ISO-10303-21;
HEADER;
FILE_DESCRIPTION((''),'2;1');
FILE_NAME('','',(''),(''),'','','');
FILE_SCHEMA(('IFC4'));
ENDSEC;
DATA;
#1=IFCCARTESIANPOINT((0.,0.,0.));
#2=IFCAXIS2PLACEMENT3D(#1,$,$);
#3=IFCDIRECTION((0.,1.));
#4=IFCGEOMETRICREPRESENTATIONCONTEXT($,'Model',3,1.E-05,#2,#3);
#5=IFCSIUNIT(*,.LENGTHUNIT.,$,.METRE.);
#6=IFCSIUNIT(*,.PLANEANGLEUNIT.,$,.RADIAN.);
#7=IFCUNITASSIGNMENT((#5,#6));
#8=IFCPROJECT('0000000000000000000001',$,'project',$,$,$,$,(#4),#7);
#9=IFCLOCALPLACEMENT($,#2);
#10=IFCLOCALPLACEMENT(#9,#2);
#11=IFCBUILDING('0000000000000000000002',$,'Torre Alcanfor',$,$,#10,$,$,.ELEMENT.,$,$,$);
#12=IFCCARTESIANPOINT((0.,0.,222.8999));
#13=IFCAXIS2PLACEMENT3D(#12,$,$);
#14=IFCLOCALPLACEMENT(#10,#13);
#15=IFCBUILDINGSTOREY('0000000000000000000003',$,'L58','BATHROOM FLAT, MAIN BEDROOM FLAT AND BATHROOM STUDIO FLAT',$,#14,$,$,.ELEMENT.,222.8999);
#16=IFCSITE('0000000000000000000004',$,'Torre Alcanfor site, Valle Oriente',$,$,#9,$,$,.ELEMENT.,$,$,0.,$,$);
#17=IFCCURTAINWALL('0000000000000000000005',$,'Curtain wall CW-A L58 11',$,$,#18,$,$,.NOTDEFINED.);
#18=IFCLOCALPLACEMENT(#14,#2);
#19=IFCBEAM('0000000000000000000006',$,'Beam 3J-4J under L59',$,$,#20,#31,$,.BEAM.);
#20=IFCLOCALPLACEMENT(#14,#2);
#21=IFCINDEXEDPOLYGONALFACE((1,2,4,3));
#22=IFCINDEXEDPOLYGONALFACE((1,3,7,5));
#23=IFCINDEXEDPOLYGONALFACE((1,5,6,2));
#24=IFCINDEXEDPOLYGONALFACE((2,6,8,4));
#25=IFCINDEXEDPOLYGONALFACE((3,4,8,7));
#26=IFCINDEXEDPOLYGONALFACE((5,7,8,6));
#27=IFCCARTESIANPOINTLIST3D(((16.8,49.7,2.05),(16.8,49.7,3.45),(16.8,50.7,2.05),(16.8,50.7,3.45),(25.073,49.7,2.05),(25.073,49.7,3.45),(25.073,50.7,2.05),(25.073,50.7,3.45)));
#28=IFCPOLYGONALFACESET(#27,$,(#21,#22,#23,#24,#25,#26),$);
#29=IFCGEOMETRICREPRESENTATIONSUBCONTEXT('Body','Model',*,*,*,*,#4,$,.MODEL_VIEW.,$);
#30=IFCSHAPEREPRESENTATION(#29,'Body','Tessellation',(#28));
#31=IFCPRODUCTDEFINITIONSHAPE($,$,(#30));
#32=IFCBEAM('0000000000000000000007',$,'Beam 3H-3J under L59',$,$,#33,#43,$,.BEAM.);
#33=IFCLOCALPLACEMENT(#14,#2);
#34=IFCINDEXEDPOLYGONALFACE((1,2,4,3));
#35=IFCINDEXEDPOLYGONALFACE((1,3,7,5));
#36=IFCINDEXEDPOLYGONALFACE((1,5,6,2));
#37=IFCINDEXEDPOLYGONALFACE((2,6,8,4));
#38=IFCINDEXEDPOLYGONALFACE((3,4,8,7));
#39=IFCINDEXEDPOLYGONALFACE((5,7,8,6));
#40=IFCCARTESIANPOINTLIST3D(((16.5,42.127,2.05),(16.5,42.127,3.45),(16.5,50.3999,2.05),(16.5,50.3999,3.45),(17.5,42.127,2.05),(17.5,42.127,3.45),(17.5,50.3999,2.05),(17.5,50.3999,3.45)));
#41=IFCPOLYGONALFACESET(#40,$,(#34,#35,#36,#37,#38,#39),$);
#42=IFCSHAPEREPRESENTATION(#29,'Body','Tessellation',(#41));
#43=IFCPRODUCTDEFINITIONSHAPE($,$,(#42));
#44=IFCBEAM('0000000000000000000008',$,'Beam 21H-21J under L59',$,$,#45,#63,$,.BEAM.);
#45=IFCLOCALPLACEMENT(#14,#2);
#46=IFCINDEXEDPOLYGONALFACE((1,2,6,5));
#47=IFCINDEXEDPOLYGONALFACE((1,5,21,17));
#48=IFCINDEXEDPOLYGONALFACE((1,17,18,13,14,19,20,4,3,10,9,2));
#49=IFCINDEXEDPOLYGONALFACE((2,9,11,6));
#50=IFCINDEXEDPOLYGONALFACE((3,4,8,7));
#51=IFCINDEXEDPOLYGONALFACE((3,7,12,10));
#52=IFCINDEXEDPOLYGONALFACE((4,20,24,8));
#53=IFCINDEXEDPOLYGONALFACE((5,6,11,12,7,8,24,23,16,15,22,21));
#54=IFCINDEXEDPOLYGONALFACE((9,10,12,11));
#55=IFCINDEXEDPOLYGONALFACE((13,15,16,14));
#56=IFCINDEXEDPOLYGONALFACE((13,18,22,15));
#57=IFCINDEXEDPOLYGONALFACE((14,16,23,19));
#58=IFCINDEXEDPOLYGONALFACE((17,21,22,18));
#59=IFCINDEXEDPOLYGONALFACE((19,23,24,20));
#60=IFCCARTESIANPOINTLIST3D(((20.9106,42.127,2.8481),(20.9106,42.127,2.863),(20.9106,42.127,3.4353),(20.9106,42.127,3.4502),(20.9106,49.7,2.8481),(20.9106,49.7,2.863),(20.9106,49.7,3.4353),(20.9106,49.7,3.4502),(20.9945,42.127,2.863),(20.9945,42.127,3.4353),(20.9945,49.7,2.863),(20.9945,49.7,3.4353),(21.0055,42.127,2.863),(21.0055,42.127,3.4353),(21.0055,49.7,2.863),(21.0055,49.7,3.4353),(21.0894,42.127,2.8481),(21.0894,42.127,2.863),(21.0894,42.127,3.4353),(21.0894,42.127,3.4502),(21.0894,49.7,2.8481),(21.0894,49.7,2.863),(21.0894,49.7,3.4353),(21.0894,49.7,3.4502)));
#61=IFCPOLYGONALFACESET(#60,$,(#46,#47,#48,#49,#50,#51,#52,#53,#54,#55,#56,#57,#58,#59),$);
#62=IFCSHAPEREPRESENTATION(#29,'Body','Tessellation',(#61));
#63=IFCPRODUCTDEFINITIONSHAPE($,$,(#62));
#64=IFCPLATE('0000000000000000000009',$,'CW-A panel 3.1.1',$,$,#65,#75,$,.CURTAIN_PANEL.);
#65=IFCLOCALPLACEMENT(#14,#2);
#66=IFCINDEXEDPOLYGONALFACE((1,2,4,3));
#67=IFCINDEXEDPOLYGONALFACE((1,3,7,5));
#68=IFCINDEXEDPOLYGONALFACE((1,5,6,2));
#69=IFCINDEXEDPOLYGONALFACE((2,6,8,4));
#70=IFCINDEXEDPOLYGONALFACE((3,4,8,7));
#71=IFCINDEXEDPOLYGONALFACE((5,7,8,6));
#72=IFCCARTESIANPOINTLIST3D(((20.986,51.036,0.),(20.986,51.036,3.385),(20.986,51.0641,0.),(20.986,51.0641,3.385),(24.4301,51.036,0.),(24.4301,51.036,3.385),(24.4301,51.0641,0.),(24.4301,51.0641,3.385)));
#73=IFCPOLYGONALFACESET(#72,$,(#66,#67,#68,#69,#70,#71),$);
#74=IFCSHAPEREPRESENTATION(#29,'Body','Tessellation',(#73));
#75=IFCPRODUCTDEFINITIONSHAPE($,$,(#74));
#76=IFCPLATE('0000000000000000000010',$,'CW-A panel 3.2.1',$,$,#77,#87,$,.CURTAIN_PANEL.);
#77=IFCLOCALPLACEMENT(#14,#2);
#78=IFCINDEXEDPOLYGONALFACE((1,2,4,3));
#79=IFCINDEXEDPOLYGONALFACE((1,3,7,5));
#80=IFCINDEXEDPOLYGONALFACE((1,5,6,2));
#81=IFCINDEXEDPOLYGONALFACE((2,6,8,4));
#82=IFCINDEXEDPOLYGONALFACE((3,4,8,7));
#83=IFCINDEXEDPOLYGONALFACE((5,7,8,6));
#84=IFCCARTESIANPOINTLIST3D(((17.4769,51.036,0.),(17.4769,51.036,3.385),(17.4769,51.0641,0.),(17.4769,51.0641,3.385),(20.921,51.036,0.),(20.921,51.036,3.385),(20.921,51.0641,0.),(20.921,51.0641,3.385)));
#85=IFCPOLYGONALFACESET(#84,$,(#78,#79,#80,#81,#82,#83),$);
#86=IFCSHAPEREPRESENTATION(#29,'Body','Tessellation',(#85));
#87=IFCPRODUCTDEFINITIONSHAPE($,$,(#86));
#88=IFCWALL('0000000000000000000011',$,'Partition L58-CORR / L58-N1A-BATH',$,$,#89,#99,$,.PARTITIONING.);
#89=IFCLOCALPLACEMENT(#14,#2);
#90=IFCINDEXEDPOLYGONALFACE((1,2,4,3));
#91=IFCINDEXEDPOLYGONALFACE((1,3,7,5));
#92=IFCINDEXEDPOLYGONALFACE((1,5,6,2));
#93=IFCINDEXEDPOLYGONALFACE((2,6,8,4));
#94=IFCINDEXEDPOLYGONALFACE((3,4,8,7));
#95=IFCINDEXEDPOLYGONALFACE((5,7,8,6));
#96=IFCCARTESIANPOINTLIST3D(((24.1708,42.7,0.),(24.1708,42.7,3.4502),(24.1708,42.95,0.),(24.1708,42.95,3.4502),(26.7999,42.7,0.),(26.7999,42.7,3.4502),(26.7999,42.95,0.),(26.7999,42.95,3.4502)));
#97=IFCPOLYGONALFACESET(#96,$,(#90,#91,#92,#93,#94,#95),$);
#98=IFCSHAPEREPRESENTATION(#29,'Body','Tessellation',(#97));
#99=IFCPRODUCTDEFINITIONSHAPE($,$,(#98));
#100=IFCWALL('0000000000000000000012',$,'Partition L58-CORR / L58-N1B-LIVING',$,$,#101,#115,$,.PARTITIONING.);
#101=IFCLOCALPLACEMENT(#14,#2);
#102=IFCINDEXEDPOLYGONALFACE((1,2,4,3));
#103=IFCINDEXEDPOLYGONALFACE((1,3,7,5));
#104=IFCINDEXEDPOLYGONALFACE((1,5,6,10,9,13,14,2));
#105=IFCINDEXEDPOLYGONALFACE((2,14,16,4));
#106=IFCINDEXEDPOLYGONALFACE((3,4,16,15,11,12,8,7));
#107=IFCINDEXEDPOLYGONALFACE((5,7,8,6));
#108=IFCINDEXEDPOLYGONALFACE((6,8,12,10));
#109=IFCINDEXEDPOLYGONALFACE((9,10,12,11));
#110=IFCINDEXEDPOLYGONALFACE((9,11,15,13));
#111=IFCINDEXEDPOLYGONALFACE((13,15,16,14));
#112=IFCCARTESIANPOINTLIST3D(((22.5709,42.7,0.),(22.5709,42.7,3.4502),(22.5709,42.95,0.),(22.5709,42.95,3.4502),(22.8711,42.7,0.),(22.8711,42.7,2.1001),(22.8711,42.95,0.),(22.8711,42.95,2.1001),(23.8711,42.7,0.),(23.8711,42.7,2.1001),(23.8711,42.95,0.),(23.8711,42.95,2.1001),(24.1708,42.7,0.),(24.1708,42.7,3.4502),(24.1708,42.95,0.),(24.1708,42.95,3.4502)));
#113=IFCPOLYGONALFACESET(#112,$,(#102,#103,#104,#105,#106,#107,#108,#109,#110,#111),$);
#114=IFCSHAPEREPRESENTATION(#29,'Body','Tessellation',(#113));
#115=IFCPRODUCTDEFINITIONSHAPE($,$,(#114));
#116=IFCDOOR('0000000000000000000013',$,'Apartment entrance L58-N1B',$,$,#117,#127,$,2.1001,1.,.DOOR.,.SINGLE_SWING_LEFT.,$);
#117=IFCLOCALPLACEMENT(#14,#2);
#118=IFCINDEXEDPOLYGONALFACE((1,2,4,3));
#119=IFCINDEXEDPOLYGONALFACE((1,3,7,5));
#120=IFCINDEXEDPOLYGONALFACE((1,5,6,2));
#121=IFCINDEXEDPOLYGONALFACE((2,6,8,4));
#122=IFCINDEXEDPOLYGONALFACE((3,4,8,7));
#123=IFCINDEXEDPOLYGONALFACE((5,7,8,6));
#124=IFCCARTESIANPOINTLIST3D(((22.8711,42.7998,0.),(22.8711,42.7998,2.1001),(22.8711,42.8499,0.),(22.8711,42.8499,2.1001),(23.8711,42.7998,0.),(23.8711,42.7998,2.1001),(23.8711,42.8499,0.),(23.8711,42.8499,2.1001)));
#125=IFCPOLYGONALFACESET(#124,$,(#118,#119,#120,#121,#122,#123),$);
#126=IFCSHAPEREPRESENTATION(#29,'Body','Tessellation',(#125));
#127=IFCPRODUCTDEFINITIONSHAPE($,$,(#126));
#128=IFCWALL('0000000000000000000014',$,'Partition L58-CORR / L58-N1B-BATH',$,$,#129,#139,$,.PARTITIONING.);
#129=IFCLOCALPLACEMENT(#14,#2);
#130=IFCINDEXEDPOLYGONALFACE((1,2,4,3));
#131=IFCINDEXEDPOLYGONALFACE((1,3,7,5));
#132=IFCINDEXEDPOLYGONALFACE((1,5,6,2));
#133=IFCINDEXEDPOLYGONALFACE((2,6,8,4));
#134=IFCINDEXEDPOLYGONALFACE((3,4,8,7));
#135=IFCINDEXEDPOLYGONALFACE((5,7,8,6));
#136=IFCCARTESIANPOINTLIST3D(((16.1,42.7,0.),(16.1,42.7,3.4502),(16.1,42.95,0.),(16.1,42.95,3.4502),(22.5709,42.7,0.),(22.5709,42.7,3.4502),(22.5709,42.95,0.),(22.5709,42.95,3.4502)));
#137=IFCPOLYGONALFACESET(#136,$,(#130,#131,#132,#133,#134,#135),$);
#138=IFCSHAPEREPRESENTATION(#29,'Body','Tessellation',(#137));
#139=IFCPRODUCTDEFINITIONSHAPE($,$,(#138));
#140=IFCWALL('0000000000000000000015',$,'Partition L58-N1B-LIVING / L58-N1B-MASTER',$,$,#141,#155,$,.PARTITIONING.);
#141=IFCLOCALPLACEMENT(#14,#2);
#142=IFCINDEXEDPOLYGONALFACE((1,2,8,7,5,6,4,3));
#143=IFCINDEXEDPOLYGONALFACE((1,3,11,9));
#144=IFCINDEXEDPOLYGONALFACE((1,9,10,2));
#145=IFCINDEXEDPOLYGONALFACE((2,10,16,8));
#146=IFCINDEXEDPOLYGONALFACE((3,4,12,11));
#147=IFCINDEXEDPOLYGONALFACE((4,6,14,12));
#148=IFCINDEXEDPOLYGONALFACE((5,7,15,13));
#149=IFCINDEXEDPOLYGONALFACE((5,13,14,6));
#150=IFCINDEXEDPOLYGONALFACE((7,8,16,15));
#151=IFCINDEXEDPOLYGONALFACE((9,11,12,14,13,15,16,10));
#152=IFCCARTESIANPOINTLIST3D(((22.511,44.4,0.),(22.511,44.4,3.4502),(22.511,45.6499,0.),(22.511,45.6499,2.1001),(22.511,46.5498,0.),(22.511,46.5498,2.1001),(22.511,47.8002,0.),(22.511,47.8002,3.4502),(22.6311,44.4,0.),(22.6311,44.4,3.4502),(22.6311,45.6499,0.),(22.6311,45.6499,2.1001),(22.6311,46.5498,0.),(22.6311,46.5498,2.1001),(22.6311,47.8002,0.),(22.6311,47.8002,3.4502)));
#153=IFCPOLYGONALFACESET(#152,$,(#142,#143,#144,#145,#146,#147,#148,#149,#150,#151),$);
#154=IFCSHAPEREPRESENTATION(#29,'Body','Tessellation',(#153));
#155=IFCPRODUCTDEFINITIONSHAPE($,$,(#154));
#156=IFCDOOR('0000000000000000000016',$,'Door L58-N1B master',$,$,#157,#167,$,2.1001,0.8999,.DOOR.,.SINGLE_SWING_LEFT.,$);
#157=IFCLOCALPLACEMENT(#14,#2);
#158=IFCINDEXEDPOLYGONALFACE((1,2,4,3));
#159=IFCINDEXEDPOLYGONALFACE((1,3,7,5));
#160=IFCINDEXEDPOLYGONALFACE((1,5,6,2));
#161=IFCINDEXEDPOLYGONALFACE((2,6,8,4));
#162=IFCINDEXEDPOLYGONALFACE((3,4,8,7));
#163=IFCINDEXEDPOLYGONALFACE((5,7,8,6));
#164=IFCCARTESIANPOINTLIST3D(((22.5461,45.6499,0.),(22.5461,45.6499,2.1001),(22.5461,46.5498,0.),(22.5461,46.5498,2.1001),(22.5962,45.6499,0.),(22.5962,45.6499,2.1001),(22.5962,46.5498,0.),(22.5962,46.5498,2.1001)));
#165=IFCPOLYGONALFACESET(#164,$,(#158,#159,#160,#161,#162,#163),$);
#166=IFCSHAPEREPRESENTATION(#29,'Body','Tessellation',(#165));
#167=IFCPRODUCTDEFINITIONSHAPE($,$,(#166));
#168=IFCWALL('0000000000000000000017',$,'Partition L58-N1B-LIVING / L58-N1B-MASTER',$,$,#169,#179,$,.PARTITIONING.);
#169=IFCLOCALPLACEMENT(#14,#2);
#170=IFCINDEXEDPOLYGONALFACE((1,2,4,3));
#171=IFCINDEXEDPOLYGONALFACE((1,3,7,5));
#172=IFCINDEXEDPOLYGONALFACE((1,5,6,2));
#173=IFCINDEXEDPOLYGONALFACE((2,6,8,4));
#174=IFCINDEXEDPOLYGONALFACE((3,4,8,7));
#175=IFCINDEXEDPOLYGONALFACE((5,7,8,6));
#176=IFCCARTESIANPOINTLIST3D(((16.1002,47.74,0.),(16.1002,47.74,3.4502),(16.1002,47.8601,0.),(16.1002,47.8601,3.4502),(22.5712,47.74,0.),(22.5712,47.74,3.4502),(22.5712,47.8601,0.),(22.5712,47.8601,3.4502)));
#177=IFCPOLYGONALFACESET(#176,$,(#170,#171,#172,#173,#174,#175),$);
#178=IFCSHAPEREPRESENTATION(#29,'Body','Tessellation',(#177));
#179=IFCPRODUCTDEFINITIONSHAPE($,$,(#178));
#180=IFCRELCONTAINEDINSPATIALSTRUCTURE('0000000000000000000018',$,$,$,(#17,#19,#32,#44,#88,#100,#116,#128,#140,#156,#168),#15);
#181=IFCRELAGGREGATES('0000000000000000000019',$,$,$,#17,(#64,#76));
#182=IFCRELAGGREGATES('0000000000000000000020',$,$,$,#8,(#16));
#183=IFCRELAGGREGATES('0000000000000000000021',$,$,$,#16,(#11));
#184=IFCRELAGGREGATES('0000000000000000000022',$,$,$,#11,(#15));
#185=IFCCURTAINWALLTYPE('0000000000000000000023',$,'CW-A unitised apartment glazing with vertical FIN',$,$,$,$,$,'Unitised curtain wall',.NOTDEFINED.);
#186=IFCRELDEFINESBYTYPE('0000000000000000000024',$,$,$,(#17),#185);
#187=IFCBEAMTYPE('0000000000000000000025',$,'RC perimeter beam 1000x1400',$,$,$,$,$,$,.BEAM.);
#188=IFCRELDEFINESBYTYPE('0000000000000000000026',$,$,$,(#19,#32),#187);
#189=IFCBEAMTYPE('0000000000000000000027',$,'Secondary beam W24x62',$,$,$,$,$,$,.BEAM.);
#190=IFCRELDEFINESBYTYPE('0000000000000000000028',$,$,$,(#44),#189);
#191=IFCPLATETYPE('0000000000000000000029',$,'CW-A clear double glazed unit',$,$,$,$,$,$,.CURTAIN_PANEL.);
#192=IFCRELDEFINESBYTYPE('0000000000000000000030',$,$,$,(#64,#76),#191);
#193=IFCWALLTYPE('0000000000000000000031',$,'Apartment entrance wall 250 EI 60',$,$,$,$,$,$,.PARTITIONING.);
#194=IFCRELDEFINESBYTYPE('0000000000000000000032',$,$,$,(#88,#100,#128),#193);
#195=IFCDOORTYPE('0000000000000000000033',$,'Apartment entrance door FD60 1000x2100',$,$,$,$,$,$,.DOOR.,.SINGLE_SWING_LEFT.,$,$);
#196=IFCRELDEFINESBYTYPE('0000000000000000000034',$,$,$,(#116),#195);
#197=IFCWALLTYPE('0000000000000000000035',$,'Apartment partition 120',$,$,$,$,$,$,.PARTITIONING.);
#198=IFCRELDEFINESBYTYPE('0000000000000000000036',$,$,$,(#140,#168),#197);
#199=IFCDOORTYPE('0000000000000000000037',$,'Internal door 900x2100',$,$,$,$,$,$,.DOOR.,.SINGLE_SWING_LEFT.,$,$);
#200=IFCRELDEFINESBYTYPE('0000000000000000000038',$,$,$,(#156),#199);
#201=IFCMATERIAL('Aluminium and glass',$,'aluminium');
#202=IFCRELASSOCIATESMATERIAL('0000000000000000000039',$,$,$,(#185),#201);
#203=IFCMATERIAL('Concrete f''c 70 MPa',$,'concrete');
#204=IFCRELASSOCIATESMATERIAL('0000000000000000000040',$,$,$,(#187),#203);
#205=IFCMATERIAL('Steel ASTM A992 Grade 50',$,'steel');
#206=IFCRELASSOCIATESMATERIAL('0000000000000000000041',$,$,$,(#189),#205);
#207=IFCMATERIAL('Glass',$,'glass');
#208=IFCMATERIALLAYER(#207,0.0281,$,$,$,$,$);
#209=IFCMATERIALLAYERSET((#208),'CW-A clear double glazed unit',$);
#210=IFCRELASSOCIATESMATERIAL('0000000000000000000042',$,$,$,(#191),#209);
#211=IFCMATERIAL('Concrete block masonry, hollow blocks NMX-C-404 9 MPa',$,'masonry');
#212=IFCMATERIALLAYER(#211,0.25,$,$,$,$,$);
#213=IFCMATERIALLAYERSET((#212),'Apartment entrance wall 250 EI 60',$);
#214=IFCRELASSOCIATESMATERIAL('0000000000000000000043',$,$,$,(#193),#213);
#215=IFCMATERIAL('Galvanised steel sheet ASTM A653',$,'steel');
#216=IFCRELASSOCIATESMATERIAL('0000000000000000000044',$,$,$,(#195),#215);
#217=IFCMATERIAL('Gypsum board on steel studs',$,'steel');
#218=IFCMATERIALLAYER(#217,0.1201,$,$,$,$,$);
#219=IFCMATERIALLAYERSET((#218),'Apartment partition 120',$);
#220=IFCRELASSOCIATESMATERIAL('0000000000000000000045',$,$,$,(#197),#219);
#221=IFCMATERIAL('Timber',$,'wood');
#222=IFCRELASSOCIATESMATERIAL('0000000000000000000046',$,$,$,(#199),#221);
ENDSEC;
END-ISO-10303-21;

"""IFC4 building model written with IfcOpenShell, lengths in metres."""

from ifc_helpers import new_model, si_unit, direction, frame, frame_2d, origin, origin_2d, place, context, subcontext, project, spatial, rectangle, i_section, extrude, material, layer, layer_set, material_profile, profile_set, type_object, element, fill, aggregate, save


model = new_model("IFC4")

# Units and contexts
model_context = context("Model", 3, precision=1e-05, world=origin(), true_north=direction((0.0, 1.0)))
body_context = subcontext(model_context, "Body", "Model", "MODEL_VIEW")
ifc_project = project(units=[si_unit("LENGTHUNIT", "METRE"), si_unit("PLANEANGLEUNIT", "RADIAN")], contexts=[model_context])

# Site, building, storey
site_placement = place(None, origin())
site = spatial("IfcSite", under=ifc_project, at=site_placement, Name="Torre Alcanfor site, Valle Oriente", CompositionType="ELEMENT", RefElevation=0.0)
building_placement = place(site_placement, origin())
building = spatial("IfcBuilding", under=site, at=building_placement, Name="Torre Alcanfor", CompositionType="ELEMENT")
storey_placement = place(building_placement, frame((0.0, 0.0, 222.8999)))
storey = spatial("IfcBuildingStorey", under=building, at=storey_placement, Name="L58", Description="BATHROOM FLAT, MAIN BEDROOM FLAT AND BATHROOM STUDIO FLAT", CompositionType="ELEMENT", Elevation=222.8999)

# Curtain wall
ifc_material_1 = material(Name="Aluminium and glass", Category="aluminium")
curtain_wall_type = type_object("IfcCurtainWallType", Name="CW-A unitised apartment glazing with vertical FIN", ElementType="Unitised curtain wall", PredefinedType="NOTDEFINED", material=ifc_material_1)
curtain_wall_placement = place(storey_placement, origin())
curtain_wall = element("IfcCurtainWall", 1, at=curtain_wall_placement, inside=storey, type_object=curtain_wall_type, Name="Curtain wall CW-A L58 11", PredefinedType="NOTDEFINED")

# Beams
ifc_material_2 = material(Name="Concrete f'c 70 MPa", Category="concrete")
ifc_material_profile_1 = material_profile(ifc_material_2, rectangle(XDim=1.0, YDim=1.3999, at=origin_2d()), Name="1000x1400")
ifc_profile_set_1 = profile_set([ifc_material_profile_1], Name="Concrete f'c 70 MPa")
beam_type_1 = type_object("IfcBeamType", Name="RC perimeter beam 1000x1400", PredefinedType="BEAM", material=ifc_profile_set_1)
for number, where, z_axis, x_axis, name in (
    (2, (16.8, 50.2, 2.75), (1.0, 0.0, 0.0), (0.0, 1.0, 0.0), "Beam 3J-4J under L59"),
    (3, (17.0, 42.127, 2.75), (0.0, 1.0, 0.0), (-1.0, 0.0, 0.0), "Beam 3H-3J under L59"),
):
    element("IfcBeam", number, at=place(storey_placement, frame(where, z_axis=z_axis, x_axis=x_axis)), inside=storey, type_object=beam_type_1, Name=name, PredefinedType="BEAM", context=body_context, shape_type="SweptSolid", body=[
        extrude(rectangle(XDim=1.0, YDim=1.3999, at=origin_2d()), origin(), (0.0, 0.0, 1.0), 8.2729),
    ])
ifc_material_3 = material(Name="Steel ASTM A992 Grade 50", Category="steel")
ifc_material_profile_2 = material_profile(ifc_material_3, i_section(OverallWidth=0.1787, OverallDepth=0.6021, WebThickness=0.011, FlangeThickness=0.0149, at=origin_2d()), Name="W24x62")
ifc_profile_set_2 = profile_set([ifc_material_profile_2], Name="Steel ASTM A992 Grade 50")
beam_type_2 = type_object("IfcBeamType", Name="Secondary beam W24x62", PredefinedType="BEAM", material=ifc_profile_set_2)
beam_1_placement = place(storey_placement, frame((21.0, 42.127, 3.1492), z_axis=(0.0, 1.0, 0.0), x_axis=(-1.0, 0.0, 0.0)))
element("IfcBeam", 4, at=beam_1_placement, inside=storey, type_object=beam_type_2, Name="Beam 21H-21J under L59", PredefinedType="BEAM", context=body_context, shape_type="SweptSolid", body=[
    extrude(i_section(OverallWidth=0.1787, OverallDepth=0.6021, WebThickness=0.011, FlangeThickness=0.0149, at=origin_2d()), origin(), (0.0, 0.0, 1.0), 7.573),
])

# Plates
ifc_material_4 = material(Name="Glass", Category="glass")
ifc_layer_1 = layer(ifc_material_4, 0.0281)
ifc_layer_set_1 = layer_set([ifc_layer_1], Name="CW-A clear double glazed unit")
plate_type = type_object("IfcPlateType", Name="CW-A clear double glazed unit", PredefinedType="CURTAIN_PANEL", material=ifc_layer_set_1)
plate_1_placement = place(storey_placement, frame((22.708, 51.05, 0.0), z_axis=(0.0, 0.0, 1.0), x_axis=(-1.0, 0.0, 0.0)))
plate_1 = element("IfcPlate", 5, at=plate_1_placement, type_object=plate_type, Name="CW-A panel 3.1.1", PredefinedType="CURTAIN_PANEL", context=body_context, shape_type="SweptSolid", body=[
    extrude(rectangle(XDim=3.4441, YDim=0.0281, at=origin_2d()), origin(), (0.0, 0.0, 1.0), 3.385),
])
plate_2_placement = place(storey_placement, frame((19.199, 51.05, 0.0), z_axis=(0.0, 0.0, 1.0), x_axis=(-1.0, 0.0, 0.0)))
plate_2 = element("IfcPlate", 6, at=plate_2_placement, type_object=plate_type, Name="CW-A panel 3.2.1", PredefinedType="CURTAIN_PANEL", context=body_context, shape_type="SweptSolid", body=[
    extrude(rectangle(XDim=3.4441, YDim=0.0281, at=origin_2d()), origin(), (0.0, 0.0, 1.0), 3.385),
])
aggregate(curtain_wall, [plate_1, plate_2])

# Wall
ifc_material_5 = material(Name="Concrete block masonry, hollow blocks NMX-C-404 9 MPa", Category="masonry")
ifc_layer_2 = layer(ifc_material_5, 0.25)
ifc_layer_set_2 = layer_set([ifc_layer_2], Name="Apartment entrance wall 250 EI 60")
wall_type_1 = type_object("IfcWallType", Name="Apartment entrance wall 250 EI 60", PredefinedType="PARTITIONING", material=ifc_layer_set_2)
wall_1_placement = place(storey_placement, frame((24.1709, 42.825, 0.0), z_axis=(0.0, 0.0, 1.0), x_axis=(1.0, 0.0, 0.0)))
element("IfcWall", 7, at=wall_1_placement, inside=storey, type_object=wall_type_1, Name="Partition L58-CORR / L58-N1A-BATH", PredefinedType="PARTITIONING", context=body_context, shape_type="SweptSolid", body=[
    extrude(rectangle(XDim=2.6292, YDim=0.25, at=frame_2d((1.3145, 0.0))), origin(), (0.0, 0.0, 1.0), 3.4502),
])

# Wall, opening, door
wall_2_placement = place(storey_placement, frame((22.571, 42.825, 0.0), z_axis=(0.0, 0.0, 1.0), x_axis=(1.0, 0.0, 0.0)))
wall_2 = element("IfcWall", 8, at=wall_2_placement, inside=storey, type_object=wall_type_1, Name="Partition L58-CORR / L58-N1B-LIVING", PredefinedType="PARTITIONING", context=body_context, shape_type="SweptSolid", body=[
    extrude(rectangle(XDim=1.5999, YDim=0.25, at=frame_2d((0.7998, 0.0))), origin(), (0.0, 0.0, 1.0), 3.4502),
])
opening_1_placement = place(wall_2_placement, frame((0.3, 0.0, 0.0)))
opening_1 = element("IfcOpeningElement", 9, at=opening_1_placement, cuts=wall_2, PredefinedType="OPENING", context=body_context, shape_type="SweptSolid", body=[
    extrude(rectangle(XDim=1.0, YDim=2.1001, at=frame_2d((0.5, 1.05))), frame((0.0, 0.135, 0.0), z_axis=(0.0, -1.0, 0.0), x_axis=(1.0, 0.0, 0.0)), (0.0, 0.0, 1.0), 0.27),
])
ifc_material_6 = material(Name="Galvanised steel sheet ASTM A653", Category="steel")
door_type_1 = type_object("IfcDoorType", Name="Apartment entrance door FD60 1000x2100", OperationType="SINGLE_SWING_LEFT", PredefinedType="DOOR", material=ifc_material_6)
door_1_placement = place(opening_1_placement, origin())
door_1 = element("IfcDoor", 10, at=door_1_placement, inside=storey, type_object=door_type_1, Name="Apartment entrance L58-N1B", OperationType="SINGLE_SWING_LEFT", OverallHeight=2.1001, OverallWidth=1.0, PredefinedType="DOOR", context=body_context, shape_type="SweptSolid", body=[
    extrude(rectangle(XDim=1.0, YDim=2.1001, at=frame_2d((0.5, 1.05))), frame((0.0, 0.0249, 0.0), z_axis=(0.0, -1.0, 0.0), x_axis=(1.0, 0.0, 0.0)), (0.0, 0.0, 1.0), 0.05),
])
fill(opening_1, door_1)

# Wall
wall_3_placement = place(storey_placement, frame((16.1001, 42.825, 0.0), z_axis=(0.0, 0.0, 1.0), x_axis=(1.0, 0.0, 0.0)))
element("IfcWall", 11, at=wall_3_placement, inside=storey, type_object=wall_type_1, Name="Partition L58-CORR / L58-N1B-BATH", PredefinedType="PARTITIONING", context=body_context, shape_type="SweptSolid", body=[
    extrude(rectangle(XDim=6.4709, YDim=0.25, at=frame_2d((3.2354, 0.0))), origin(), (0.0, 0.0, 1.0), 3.4502),
])

# Wall, opening, door
ifc_material_7 = material(Name="Gypsum board on steel studs", Category="steel")
ifc_layer_3 = layer(ifc_material_7, 0.1201)
ifc_layer_set_3 = layer_set([ifc_layer_3], Name="Apartment partition 120")
wall_type_2 = type_object("IfcWallType", Name="Apartment partition 120", PredefinedType="PARTITIONING", material=ifc_layer_set_3)
wall_4_placement = place(storey_placement, frame((22.571, 44.3999, 0.0), z_axis=(0.0, 0.0, 1.0), x_axis=(0.0, 1.0, 0.0)))
wall_4 = element("IfcWall", 12, at=wall_4_placement, inside=storey, type_object=wall_type_2, Name="Partition L58-N1B-LIVING / L58-N1B-MASTER", PredefinedType="PARTITIONING", context=body_context, shape_type="SweptSolid", body=[
    extrude(rectangle(XDim=3.4001, YDim=0.1201, at=frame_2d((1.7002, 0.0))), origin(), (0.0, 0.0, 1.0), 3.4502),
])
opening_2_placement = place(wall_4_placement, frame((1.25, 0.0, 0.0)))
opening_2 = element("IfcOpeningElement", 13, at=opening_2_placement, cuts=wall_4, PredefinedType="OPENING", context=body_context, shape_type="SweptSolid", body=[
    extrude(rectangle(XDim=0.8999, YDim=2.1001, at=frame_2d((0.45, 1.05))), frame((0.0, 0.0701, 0.0), z_axis=(0.0, -1.0, 0.0), x_axis=(1.0, 0.0, 0.0)), (0.0, 0.0, 1.0), 0.1401),
])
ifc_material_8 = material(Name="Timber", Category="wood")
door_type_2 = type_object("IfcDoorType", Name="Internal door 900x2100", OperationType="SINGLE_SWING_LEFT", PredefinedType="DOOR", material=ifc_material_8)
door_2_placement = place(opening_2_placement, origin())
door_2 = element("IfcDoor", 14, at=door_2_placement, inside=storey, type_object=door_type_2, Name="Door L58-N1B master", OperationType="SINGLE_SWING_LEFT", OverallHeight=2.1001, OverallWidth=0.8999, PredefinedType="DOOR", context=body_context, shape_type="SweptSolid", body=[
    extrude(rectangle(XDim=0.8999, YDim=2.1001, at=frame_2d((0.45, 1.05))), frame((0.0, 0.0249, 0.0), z_axis=(0.0, -1.0, 0.0), x_axis=(1.0, 0.0, 0.0)), (0.0, 0.0, 1.0), 0.05),
])
fill(opening_2, door_2)

# Wall
wall_5_placement = place(storey_placement, frame((22.571, 47.8, 0.0), z_axis=(0.0, 0.0, 1.0), x_axis=(-1.0, 0.0, 0.0)))
element("IfcWall", 15, at=wall_5_placement, inside=storey, type_object=wall_type_2, Name="Partition L58-N1B-LIVING / L58-N1B-MASTER", PredefinedType="PARTITIONING", context=body_context, shape_type="SweptSolid", body=[
    extrude(rectangle(XDim=6.4709, YDim=0.1201, at=frame_2d((3.2354, 0.0))), origin(), (0.0, 0.0, 1.0), 3.4502),
])

save(model, "model.ifc")
